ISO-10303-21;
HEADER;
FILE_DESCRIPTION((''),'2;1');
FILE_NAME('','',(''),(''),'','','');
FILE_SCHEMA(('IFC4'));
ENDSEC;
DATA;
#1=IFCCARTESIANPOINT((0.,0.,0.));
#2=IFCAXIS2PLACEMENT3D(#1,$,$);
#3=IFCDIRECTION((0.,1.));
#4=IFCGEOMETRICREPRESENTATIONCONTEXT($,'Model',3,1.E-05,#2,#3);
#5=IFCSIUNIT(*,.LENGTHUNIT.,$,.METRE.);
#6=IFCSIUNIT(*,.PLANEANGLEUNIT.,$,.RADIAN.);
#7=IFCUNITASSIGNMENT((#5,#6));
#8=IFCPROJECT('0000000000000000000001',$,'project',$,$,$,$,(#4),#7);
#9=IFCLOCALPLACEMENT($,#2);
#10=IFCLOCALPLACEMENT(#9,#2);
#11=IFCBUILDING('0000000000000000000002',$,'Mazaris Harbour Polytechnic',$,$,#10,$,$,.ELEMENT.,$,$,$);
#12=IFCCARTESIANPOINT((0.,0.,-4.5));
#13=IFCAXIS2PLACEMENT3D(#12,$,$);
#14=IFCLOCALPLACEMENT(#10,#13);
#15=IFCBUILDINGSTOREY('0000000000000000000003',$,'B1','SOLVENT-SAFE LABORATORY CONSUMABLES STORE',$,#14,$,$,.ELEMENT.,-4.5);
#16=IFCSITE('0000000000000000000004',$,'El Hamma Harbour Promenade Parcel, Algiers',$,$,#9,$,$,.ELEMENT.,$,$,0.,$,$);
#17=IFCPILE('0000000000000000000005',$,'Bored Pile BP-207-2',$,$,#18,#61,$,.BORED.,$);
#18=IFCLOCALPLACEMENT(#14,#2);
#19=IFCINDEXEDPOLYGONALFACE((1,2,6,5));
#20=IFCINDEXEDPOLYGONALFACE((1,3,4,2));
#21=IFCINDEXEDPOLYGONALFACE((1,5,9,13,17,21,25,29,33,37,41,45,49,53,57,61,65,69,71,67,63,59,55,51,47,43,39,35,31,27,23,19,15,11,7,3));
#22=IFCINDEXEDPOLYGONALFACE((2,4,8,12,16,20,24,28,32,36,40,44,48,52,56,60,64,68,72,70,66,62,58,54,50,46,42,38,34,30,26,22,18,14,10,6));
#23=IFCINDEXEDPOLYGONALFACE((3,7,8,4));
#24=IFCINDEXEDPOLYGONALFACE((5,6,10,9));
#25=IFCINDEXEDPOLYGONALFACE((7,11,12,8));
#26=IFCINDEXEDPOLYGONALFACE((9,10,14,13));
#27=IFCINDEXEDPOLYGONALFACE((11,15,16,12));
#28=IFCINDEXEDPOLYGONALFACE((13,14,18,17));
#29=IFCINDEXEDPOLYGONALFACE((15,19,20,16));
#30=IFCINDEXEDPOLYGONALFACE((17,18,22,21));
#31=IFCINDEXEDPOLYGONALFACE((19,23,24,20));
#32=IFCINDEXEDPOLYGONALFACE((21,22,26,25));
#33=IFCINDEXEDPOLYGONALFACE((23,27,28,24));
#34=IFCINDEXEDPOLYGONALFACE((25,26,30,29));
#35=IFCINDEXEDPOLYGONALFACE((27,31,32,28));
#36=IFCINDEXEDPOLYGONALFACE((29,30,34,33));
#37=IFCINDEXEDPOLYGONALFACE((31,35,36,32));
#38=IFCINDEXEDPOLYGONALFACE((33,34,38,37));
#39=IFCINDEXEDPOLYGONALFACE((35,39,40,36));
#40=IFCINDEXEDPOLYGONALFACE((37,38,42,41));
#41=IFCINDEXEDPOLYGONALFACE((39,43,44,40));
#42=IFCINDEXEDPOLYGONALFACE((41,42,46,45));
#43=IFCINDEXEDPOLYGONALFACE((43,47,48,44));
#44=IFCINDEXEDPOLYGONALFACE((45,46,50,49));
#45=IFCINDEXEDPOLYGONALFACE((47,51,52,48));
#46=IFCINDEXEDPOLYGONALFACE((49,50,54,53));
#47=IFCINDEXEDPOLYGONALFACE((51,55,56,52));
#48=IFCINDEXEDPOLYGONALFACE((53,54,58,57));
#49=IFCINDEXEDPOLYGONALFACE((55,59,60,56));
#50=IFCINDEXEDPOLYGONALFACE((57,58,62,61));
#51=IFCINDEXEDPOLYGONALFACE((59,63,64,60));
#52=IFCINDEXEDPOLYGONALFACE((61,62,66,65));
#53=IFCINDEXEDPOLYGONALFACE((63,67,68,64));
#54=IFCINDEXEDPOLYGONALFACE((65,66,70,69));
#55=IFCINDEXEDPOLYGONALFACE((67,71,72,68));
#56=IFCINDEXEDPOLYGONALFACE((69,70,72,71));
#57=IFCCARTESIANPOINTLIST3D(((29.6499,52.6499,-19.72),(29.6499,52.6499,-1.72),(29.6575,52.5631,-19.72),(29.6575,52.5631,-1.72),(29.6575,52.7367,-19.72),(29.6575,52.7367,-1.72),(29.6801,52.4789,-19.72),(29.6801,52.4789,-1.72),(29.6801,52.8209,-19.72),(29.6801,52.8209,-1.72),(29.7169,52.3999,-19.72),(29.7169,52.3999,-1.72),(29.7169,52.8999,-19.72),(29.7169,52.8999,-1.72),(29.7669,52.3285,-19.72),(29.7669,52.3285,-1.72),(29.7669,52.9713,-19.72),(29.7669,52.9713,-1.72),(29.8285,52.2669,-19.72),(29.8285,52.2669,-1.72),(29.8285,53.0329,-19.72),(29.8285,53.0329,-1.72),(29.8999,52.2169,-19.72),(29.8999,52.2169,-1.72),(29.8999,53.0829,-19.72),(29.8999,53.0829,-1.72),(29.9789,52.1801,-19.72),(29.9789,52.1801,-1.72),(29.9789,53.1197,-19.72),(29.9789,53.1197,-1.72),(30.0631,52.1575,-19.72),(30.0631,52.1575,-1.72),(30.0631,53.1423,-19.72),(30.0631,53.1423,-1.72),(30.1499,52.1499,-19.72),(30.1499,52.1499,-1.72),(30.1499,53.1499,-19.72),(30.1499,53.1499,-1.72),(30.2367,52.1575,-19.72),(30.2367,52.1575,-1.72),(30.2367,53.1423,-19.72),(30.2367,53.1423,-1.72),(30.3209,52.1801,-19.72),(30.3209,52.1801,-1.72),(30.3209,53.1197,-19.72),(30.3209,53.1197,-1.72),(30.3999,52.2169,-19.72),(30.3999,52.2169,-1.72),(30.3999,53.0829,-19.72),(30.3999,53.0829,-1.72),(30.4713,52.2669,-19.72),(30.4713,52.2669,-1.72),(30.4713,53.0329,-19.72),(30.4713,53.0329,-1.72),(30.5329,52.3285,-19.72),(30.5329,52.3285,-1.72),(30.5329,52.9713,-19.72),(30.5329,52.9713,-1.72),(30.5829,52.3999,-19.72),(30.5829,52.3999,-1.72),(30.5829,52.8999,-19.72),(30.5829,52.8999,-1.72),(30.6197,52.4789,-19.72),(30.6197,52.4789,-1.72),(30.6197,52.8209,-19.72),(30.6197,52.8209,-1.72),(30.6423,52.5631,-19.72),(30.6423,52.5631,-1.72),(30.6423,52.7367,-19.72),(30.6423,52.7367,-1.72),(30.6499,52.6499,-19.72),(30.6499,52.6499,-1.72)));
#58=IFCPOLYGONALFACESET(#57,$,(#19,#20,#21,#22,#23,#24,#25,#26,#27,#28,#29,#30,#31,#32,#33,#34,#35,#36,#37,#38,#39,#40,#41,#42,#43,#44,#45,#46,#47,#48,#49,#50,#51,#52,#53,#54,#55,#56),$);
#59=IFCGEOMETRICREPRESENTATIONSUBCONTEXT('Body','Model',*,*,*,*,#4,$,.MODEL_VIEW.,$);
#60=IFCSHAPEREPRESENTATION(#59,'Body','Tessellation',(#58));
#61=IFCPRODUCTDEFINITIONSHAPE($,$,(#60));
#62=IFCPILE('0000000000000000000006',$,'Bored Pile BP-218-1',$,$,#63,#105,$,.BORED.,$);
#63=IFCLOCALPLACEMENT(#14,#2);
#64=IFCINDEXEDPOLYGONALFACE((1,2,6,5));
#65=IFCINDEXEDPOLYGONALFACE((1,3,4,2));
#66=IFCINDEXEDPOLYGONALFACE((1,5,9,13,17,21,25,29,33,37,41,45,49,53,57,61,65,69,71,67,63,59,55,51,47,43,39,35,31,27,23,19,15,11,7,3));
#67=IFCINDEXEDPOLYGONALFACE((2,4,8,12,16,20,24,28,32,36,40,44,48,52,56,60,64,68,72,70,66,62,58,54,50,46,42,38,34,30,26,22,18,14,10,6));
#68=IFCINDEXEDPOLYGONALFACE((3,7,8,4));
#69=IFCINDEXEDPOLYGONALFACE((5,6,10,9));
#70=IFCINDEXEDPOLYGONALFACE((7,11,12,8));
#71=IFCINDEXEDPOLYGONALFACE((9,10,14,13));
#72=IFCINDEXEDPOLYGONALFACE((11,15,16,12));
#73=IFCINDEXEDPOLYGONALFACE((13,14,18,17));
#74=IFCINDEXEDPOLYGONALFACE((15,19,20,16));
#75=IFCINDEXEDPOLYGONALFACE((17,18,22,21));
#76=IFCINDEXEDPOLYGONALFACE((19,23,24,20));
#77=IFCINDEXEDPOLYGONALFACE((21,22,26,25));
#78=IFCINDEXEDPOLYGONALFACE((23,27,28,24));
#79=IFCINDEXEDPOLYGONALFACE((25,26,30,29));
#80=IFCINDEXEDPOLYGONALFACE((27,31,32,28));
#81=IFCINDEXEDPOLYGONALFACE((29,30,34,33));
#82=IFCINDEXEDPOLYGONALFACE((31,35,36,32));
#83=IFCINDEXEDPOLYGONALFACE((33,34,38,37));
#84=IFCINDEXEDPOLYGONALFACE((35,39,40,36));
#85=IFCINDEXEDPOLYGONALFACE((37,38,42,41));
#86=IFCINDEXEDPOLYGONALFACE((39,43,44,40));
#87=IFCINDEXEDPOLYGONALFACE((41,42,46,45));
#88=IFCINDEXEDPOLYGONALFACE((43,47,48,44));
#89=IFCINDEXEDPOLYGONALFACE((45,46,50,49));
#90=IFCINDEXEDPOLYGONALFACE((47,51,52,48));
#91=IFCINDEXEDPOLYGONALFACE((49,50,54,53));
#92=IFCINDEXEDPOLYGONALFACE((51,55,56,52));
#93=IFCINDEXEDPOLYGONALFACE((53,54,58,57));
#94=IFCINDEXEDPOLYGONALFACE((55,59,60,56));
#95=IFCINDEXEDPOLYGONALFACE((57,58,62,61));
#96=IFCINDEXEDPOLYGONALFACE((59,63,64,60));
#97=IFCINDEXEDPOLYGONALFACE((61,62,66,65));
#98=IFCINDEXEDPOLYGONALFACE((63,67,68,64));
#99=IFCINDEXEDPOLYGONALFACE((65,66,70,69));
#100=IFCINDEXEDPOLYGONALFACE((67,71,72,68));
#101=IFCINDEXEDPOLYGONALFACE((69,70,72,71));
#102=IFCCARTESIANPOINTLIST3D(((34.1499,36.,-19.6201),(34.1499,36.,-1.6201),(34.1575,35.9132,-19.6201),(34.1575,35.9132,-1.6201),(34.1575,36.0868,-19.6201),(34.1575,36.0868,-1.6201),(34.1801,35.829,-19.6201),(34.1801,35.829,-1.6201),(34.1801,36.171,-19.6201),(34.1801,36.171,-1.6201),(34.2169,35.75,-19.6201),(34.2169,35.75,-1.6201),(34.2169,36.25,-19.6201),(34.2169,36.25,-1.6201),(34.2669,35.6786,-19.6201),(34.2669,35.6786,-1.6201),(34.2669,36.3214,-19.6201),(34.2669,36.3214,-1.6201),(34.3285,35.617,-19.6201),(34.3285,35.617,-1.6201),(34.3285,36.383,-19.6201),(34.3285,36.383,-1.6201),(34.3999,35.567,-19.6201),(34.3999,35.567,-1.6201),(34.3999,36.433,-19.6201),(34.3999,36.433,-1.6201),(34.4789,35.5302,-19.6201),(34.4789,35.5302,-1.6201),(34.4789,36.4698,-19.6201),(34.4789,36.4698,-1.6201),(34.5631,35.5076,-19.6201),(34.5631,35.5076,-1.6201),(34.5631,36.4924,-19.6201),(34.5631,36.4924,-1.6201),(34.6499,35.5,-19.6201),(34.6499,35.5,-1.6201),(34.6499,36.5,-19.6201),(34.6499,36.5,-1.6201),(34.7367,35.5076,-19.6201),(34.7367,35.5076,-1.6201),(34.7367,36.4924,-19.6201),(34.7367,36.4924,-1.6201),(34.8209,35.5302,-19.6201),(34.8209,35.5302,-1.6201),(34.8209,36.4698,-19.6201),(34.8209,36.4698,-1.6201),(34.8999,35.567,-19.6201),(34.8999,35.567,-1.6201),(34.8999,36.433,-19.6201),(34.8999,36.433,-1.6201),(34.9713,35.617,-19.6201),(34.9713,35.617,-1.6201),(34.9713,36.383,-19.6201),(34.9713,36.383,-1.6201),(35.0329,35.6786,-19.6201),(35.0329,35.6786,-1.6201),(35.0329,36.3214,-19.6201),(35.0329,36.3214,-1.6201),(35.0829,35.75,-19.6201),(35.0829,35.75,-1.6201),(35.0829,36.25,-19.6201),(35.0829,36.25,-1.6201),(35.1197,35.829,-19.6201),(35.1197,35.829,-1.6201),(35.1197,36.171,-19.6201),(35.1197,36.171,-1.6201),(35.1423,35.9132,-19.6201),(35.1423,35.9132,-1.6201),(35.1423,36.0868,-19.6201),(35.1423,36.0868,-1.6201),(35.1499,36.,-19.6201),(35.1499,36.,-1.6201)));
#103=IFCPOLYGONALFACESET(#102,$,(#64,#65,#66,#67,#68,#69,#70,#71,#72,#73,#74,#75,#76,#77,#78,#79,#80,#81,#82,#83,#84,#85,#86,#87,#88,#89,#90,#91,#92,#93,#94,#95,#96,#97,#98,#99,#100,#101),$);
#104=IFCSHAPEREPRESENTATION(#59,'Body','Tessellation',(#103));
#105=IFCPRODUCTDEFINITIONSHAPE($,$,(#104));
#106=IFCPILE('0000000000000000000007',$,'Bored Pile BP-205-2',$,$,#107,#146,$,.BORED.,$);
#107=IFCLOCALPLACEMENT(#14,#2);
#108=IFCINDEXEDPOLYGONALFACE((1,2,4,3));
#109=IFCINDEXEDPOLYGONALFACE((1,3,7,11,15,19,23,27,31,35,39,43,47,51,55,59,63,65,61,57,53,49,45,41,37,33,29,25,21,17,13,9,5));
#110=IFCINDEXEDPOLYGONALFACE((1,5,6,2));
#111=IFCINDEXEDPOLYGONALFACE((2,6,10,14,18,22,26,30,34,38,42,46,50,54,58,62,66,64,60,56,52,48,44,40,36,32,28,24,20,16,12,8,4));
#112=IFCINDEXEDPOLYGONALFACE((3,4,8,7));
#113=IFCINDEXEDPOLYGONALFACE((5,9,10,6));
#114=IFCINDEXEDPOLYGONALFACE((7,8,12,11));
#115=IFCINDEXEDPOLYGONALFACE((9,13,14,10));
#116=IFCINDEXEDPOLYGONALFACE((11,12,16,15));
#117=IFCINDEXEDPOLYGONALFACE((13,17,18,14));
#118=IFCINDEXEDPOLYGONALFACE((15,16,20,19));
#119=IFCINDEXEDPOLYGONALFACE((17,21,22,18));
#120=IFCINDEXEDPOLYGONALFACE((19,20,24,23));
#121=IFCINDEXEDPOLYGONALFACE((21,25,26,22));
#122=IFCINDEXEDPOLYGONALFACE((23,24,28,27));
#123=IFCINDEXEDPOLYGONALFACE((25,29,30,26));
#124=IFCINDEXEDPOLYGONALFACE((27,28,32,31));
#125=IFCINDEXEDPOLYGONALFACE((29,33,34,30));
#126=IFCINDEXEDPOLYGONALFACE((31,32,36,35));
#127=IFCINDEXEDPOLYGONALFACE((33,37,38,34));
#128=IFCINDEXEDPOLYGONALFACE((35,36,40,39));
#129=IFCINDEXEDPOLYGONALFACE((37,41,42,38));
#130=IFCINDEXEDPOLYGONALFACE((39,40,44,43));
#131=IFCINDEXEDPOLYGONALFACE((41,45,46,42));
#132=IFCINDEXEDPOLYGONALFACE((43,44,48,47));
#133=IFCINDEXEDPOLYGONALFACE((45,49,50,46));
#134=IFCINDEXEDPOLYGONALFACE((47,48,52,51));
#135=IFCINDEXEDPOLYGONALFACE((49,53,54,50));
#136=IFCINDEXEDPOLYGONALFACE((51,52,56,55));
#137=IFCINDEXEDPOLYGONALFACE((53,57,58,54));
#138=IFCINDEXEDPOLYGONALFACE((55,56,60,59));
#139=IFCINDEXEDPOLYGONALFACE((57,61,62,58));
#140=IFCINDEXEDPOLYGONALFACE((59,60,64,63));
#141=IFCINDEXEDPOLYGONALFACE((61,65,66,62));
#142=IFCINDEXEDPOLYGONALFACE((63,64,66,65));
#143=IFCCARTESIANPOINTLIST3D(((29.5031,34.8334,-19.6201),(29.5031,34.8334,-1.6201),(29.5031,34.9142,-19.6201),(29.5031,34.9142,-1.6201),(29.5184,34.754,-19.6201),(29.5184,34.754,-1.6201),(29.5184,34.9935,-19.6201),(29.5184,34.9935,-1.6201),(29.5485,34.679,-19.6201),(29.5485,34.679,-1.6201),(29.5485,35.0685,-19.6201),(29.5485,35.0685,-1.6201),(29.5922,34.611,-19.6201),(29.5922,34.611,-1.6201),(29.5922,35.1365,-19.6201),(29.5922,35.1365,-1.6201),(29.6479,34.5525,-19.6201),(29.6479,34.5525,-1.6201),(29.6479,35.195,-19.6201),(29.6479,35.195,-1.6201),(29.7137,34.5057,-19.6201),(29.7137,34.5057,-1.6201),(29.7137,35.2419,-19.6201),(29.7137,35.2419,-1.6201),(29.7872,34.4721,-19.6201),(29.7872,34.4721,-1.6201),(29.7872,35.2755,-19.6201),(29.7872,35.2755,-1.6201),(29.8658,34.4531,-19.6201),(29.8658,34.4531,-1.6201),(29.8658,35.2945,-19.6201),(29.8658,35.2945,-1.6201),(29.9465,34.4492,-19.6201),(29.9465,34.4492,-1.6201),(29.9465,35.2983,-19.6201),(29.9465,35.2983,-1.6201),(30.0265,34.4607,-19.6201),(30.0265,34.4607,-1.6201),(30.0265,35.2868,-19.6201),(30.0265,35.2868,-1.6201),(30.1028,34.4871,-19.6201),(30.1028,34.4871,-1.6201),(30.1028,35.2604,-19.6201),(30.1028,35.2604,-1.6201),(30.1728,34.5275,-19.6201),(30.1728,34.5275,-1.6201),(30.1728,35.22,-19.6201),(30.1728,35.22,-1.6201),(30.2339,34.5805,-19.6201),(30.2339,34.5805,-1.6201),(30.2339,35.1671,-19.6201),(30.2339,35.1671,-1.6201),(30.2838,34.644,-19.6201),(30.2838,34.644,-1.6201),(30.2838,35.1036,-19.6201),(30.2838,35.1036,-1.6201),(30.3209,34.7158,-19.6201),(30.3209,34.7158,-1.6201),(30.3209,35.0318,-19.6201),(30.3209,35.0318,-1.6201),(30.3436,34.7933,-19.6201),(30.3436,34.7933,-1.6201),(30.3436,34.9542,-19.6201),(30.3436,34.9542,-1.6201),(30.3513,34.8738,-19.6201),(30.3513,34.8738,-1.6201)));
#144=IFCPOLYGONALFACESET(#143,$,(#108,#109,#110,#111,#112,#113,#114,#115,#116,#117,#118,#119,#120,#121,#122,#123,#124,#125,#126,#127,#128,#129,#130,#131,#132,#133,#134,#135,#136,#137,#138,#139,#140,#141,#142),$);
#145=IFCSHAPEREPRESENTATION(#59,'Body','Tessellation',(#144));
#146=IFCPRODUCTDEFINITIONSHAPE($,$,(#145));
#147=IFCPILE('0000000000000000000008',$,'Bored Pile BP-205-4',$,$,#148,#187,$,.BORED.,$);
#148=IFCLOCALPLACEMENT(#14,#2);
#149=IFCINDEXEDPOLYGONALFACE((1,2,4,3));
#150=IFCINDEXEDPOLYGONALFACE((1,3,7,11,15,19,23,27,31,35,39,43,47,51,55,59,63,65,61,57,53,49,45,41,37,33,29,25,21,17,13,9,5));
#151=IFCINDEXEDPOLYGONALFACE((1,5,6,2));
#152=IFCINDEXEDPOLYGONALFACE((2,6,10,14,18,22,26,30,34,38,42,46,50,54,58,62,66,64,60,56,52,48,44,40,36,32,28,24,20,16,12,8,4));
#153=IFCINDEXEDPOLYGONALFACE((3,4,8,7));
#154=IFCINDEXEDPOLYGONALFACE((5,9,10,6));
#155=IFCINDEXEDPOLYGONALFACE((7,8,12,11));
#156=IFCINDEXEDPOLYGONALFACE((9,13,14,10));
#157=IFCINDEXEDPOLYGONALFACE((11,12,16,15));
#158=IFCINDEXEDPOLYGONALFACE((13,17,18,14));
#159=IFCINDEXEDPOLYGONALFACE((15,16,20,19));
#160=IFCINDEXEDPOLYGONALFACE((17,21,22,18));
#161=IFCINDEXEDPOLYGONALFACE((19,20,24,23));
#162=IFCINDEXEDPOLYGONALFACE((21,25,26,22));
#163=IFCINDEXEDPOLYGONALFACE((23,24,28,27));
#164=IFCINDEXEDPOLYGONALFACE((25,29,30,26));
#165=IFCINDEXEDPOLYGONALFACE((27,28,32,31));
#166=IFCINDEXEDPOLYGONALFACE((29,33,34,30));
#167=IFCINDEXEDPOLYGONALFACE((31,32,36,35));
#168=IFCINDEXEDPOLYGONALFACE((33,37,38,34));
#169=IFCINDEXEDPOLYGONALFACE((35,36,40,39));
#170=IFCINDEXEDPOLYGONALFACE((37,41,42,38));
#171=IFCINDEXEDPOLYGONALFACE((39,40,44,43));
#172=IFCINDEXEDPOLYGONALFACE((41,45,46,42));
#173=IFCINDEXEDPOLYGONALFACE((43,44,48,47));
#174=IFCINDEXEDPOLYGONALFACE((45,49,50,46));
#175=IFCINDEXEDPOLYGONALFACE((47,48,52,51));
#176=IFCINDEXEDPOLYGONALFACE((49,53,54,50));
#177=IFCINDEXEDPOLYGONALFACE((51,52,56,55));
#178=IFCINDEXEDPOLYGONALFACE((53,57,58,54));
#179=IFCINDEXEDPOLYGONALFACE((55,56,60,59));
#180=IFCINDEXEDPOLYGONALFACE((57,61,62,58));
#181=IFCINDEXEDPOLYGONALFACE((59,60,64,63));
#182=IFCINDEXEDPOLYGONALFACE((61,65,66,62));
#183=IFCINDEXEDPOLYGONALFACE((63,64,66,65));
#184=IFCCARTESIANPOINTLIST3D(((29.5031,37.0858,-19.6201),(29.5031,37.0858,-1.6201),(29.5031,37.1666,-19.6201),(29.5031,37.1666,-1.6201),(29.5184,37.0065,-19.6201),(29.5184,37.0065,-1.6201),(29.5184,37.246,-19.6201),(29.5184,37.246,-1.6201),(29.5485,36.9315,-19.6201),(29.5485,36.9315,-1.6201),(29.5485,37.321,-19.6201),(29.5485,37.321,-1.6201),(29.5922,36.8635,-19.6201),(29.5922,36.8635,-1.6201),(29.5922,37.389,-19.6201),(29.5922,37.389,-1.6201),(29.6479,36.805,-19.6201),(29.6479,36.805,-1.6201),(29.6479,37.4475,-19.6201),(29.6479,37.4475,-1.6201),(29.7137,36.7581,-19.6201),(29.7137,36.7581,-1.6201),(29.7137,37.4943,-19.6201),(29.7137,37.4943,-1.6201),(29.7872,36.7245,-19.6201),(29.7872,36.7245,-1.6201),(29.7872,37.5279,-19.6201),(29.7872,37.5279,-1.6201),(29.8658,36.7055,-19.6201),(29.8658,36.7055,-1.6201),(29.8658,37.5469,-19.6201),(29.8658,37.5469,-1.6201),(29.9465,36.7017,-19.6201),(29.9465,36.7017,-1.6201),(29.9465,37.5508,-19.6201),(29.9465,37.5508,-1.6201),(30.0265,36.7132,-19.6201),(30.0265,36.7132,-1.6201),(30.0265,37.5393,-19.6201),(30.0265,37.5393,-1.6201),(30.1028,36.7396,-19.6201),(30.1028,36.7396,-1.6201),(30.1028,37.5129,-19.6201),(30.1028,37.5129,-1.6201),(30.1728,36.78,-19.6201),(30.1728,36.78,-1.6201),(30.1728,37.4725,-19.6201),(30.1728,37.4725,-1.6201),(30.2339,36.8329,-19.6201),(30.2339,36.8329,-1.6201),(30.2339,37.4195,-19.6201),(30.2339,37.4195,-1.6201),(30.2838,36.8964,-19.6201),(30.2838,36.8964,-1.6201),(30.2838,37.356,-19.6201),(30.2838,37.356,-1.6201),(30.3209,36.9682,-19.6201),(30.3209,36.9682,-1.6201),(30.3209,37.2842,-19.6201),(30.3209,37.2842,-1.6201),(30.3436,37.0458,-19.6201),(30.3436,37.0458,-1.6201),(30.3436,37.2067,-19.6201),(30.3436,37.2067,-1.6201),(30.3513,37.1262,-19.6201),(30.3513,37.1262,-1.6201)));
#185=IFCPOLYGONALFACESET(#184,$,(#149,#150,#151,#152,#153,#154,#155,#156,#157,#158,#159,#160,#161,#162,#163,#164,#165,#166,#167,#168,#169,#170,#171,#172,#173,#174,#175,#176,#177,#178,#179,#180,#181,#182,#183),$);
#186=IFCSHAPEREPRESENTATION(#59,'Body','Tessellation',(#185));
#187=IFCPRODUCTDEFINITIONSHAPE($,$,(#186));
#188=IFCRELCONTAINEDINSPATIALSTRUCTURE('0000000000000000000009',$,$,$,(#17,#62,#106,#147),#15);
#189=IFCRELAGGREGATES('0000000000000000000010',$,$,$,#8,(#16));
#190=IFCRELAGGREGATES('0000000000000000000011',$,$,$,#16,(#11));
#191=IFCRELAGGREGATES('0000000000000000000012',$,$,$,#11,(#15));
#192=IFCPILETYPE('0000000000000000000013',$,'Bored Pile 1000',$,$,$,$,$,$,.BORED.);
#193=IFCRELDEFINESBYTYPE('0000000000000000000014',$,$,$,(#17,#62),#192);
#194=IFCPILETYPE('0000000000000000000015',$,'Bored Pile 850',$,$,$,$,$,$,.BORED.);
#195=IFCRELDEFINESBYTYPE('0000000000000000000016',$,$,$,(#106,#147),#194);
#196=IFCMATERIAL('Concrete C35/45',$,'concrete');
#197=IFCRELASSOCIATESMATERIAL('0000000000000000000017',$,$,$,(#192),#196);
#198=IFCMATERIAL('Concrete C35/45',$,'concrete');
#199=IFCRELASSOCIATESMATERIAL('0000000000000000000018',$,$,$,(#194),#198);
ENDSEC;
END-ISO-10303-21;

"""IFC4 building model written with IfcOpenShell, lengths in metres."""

from ifc_helpers import new_model, si_unit, direction, frame, origin, origin_2d, place, context, subcontext, project, spatial, circle, extrude, material, material_profile, profile_set, type_object, element, save


model = new_model("IFC4")

# Units and contexts
model_context = context("Model", 3, precision=1e-05, world=origin(), true_north=direction((0.0, 1.0)))
body_context = subcontext(model_context, "Body", "Model", "MODEL_VIEW")
ifc_project = project(units=[si_unit("LENGTHUNIT", "METRE"), si_unit("PLANEANGLEUNIT", "RADIAN")], contexts=[model_context])

# Site, building, storey
site_placement = place(None, origin())
site = spatial("IfcSite", under=ifc_project, at=site_placement, Name="El Hamma Harbour Promenade Parcel, Algiers", CompositionType="ELEMENT", RefElevation=0.0)
building_placement = place(site_placement, origin())
building = spatial("IfcBuilding", under=site, at=building_placement, Name="Mazaris Harbour Polytechnic", CompositionType="ELEMENT")
storey_placement = place(building_placement, frame((0.0, 0.0, -4.5)))
storey = spatial("IfcBuildingStorey", under=building, at=storey_placement, Name="B1", Description="SOLVENT-SAFE LABORATORY CONSUMABLES STORE", CompositionType="ELEMENT", Elevation=-4.5)

# Piles
ifc_material_1 = material(Name="Concrete C35/45", Category="concrete")
ifc_material_profile_1 = material_profile(ifc_material_1, circle(Radius=0.5, at=origin_2d()), Name="DIA1000")
ifc_profile_set_1 = profile_set([ifc_material_profile_1], Name="Concrete C35/45")
pile_type_1 = type_object("IfcPileType", Name="Bored Pile 1000", PredefinedType="BORED", material=ifc_profile_set_1)
for number, where, z_axis, x_axis, name in (
    (1, (30.1499, 52.6499, -1.72), (0.0, 0.0, -1.0), (1.0, 0.0, 0.0), "Bored Pile BP-207-2"),
    (2, (34.6499, 36.0, -1.6201), (0.0, 0.0, -1.0), (1.0, 0.0, 0.0), "Bored Pile BP-218-1"),
):
    element("IfcPile", number, at=place(storey_placement, frame(where, z_axis=z_axis, x_axis=x_axis)), inside=storey, type_object=pile_type_1, Name=name, PredefinedType="BORED", context=body_context, shape_type="SweptSolid", body=[
        extrude(circle(Radius=0.5, at=origin_2d()), origin(), (0.0, 0.0, 1.0), 18.0),
    ])
ifc_material_2 = material(Name="Concrete C35/45", Category="concrete")
ifc_material_profile_2 = material_profile(ifc_material_2, circle(Radius=0.425, at=origin_2d()), Name="DIA850")
ifc_profile_set_2 = profile_set([ifc_material_profile_2], Name="Concrete C35/45")
pile_type_2 = type_object("IfcPileType", Name="Bored Pile 850", PredefinedType="BORED", material=ifc_profile_set_2)
for number, where, z_axis, x_axis, name in (
    (3, (29.9263, 34.8738, -1.6201), (0.0, 0.0, -1.0), (1.0, 0.0, 0.0), "Bored Pile BP-205-2"),
    (4, (29.9263, 37.1262, -1.6201), (0.0, 0.0, -1.0), (1.0, 0.0, 0.0), "Bored Pile BP-205-4"),
):
    element("IfcPile", number, at=place(storey_placement, frame(where, z_axis=z_axis, x_axis=x_axis)), inside=storey, type_object=pile_type_2, Name=name, PredefinedType="BORED", context=body_context, shape_type="SweptSolid", body=[
        extrude(circle(Radius=0.425, at=origin_2d()), origin(), (0.0, 0.0, 1.0), 18.0),
    ])

save(model, "model.ifc")
